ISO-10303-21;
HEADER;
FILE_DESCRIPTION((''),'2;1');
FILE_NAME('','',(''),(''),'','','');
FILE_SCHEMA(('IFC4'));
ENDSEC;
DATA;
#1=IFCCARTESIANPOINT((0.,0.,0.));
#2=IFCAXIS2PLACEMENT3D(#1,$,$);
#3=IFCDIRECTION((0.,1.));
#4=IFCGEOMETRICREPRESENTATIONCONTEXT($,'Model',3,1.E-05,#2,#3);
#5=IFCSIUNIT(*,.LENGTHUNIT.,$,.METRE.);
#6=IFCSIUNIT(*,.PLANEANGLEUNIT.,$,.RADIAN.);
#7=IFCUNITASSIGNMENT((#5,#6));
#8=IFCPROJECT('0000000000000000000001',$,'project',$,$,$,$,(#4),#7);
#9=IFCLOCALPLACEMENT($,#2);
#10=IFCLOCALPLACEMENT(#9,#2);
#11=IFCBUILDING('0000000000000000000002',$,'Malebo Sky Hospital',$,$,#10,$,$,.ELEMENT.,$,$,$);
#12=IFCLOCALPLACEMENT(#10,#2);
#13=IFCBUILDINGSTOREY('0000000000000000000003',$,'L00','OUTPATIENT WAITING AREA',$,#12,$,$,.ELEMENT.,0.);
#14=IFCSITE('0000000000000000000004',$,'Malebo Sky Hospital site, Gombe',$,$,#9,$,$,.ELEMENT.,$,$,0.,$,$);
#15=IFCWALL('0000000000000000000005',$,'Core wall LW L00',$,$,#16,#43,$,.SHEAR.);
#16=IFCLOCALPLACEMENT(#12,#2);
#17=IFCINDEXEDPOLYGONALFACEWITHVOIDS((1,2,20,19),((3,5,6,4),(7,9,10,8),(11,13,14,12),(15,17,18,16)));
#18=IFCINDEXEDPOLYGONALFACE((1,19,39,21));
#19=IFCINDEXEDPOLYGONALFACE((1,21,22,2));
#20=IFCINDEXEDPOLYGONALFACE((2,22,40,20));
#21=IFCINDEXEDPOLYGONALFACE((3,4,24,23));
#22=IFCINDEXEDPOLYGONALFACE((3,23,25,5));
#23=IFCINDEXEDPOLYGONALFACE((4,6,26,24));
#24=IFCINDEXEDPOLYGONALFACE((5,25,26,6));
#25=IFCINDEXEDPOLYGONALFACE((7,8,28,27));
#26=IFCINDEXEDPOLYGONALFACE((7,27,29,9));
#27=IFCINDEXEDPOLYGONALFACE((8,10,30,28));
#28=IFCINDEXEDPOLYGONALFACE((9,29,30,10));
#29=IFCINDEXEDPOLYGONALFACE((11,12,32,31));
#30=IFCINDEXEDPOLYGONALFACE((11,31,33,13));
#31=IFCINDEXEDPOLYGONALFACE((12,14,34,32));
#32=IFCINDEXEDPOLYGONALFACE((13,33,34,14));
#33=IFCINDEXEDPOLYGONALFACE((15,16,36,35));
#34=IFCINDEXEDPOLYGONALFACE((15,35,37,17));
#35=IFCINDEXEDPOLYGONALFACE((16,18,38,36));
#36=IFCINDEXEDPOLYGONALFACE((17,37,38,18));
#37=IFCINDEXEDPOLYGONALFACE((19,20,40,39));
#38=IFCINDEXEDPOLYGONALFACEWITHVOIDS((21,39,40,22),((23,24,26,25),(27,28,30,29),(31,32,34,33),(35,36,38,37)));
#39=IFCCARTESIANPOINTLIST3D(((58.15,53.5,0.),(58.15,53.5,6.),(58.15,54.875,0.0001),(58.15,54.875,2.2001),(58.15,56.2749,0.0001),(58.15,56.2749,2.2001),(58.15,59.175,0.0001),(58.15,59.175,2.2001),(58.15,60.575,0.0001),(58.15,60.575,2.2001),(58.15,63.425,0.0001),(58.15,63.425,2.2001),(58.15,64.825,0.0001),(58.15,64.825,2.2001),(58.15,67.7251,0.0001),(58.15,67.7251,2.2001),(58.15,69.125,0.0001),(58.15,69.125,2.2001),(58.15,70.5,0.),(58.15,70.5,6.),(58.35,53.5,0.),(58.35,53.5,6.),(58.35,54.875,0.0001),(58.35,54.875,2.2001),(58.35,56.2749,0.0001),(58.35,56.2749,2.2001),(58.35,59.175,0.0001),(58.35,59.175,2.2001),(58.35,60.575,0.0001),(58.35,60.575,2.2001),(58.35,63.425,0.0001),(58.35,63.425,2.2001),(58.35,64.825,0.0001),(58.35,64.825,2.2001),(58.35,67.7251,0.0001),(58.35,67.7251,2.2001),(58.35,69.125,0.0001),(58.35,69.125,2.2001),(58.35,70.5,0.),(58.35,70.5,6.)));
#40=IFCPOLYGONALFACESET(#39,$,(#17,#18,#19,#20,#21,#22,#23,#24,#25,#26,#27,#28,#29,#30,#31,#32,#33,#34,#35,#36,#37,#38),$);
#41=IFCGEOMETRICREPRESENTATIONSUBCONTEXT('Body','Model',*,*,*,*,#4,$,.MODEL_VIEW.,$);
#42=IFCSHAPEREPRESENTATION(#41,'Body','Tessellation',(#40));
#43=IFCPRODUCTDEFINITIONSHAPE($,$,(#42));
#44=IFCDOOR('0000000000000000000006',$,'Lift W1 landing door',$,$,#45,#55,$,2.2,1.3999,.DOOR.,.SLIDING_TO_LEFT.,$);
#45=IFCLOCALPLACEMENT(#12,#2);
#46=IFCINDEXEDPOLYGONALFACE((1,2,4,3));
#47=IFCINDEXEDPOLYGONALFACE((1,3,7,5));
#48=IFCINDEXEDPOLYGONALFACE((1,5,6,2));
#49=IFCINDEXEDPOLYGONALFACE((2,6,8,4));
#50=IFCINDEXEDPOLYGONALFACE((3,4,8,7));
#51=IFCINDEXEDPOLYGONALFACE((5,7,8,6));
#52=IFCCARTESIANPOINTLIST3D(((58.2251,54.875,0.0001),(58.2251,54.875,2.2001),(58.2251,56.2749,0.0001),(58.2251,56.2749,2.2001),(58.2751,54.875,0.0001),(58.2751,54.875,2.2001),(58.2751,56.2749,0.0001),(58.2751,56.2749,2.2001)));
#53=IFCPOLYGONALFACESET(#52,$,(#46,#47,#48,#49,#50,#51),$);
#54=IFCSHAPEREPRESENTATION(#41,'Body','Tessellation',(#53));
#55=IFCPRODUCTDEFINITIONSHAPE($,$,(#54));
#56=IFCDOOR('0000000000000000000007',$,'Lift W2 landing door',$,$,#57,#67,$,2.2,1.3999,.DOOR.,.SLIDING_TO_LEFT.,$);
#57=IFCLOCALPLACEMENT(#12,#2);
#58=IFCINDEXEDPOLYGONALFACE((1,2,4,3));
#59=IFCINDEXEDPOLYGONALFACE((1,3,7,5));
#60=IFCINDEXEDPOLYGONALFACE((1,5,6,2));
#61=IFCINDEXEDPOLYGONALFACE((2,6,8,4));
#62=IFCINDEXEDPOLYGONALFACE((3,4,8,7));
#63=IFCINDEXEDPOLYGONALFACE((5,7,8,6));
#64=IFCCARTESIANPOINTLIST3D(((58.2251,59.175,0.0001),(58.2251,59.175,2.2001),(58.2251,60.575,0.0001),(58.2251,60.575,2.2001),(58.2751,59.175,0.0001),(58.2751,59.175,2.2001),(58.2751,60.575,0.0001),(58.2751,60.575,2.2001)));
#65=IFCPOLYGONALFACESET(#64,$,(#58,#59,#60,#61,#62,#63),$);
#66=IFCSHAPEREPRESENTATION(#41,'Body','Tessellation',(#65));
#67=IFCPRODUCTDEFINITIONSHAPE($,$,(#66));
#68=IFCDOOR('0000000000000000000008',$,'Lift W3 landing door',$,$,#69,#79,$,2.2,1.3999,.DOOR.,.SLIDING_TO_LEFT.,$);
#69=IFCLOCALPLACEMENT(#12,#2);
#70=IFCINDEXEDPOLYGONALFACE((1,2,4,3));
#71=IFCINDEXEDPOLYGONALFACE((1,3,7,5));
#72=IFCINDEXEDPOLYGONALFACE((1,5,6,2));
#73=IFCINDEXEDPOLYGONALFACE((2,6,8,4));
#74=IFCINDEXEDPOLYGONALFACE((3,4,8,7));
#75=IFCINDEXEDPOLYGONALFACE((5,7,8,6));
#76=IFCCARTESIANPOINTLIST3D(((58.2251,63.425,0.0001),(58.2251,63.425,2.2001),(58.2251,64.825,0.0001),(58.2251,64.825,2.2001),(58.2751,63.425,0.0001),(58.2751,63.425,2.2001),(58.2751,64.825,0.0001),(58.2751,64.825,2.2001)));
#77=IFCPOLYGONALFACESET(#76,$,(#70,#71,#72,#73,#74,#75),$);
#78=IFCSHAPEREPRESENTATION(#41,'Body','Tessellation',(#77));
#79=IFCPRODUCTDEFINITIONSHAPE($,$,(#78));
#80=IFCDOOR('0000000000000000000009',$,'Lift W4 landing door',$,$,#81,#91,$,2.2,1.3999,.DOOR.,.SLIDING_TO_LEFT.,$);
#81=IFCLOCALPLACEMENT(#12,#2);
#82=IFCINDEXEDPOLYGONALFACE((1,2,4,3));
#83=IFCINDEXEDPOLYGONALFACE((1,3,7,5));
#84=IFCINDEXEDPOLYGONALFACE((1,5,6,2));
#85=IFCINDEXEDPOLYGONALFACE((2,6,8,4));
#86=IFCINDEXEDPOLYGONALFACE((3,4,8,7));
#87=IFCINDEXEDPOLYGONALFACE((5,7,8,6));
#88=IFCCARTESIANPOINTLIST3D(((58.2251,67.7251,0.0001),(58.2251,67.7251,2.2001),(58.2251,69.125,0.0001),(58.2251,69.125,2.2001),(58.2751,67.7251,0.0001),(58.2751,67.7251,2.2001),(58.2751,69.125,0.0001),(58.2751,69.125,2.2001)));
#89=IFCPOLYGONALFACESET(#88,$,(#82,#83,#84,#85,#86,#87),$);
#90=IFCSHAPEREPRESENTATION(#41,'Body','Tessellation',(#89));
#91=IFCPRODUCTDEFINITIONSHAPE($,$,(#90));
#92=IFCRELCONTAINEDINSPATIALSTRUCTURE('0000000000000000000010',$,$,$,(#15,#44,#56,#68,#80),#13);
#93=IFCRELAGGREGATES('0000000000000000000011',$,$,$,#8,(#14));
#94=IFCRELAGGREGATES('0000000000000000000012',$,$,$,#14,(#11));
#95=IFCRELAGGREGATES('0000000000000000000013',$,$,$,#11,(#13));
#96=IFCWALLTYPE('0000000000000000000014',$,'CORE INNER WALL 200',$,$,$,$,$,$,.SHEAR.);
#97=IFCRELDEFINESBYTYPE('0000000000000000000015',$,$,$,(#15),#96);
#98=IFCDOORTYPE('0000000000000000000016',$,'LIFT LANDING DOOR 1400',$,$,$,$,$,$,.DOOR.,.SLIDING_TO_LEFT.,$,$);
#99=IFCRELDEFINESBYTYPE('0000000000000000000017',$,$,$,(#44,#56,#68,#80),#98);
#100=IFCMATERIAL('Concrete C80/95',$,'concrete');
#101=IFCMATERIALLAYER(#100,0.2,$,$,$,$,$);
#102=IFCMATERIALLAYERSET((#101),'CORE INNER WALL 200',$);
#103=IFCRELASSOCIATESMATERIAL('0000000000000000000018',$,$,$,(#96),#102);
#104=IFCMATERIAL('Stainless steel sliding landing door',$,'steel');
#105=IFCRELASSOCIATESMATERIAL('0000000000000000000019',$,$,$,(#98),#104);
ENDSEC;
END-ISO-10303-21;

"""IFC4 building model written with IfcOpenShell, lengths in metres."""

from ifc_helpers import new_model, si_unit, direction, frame, frame_2d, origin, place, context, subcontext, project, spatial, rectangle, extrude, material, layer, layer_set, type_object, element, fill, save


model = new_model("IFC4")

# Units and contexts
model_context = context("Model", 3, precision=1e-05, world=origin(), true_north=direction((0.0, 1.0)))
body_context = subcontext(model_context, "Body", "Model", "MODEL_VIEW")
ifc_project = project(units=[si_unit("LENGTHUNIT", "METRE"), si_unit("PLANEANGLEUNIT", "RADIAN")], contexts=[model_context])

# Site, building, storey
site_placement = place(None, origin())
site = spatial("IfcSite", under=ifc_project, at=site_placement, Name="Malebo Sky Hospital site, Gombe", CompositionType="ELEMENT", RefElevation=0.0)
building_placement = place(site_placement, origin())
building = spatial("IfcBuilding", under=site, at=building_placement, Name="Malebo Sky Hospital", CompositionType="ELEMENT")
storey_placement = place(building_placement, origin())
storey = spatial("IfcBuildingStorey", under=building, at=storey_placement, Name="L00", Description="OUTPATIENT WAITING AREA", CompositionType="ELEMENT", Elevation=0.0)

# Wall, openings, doors
ifc_material_1 = material(Name="Concrete C80/95", Category="concrete")
ifc_layer_1 = layer(ifc_material_1, 0.2)
ifc_layer_set_1 = layer_set([ifc_layer_1], Name="CORE INNER WALL 200")
wall_type_1 = type_object("IfcWallType", Name="CORE INNER WALL 200", PredefinedType="SHEAR", material=ifc_layer_set_1)
wall_1_placement = place(storey_placement, frame((58.25, 53.5, 0.0), z_axis=(0.0, 0.0, 1.0), x_axis=(0.0, 1.0, 0.0)))
wall_1 = element("IfcWall", 1, at=wall_1_placement, inside=storey, type_object=wall_type_1, Name="Core wall LW L00", PredefinedType="SHEAR", context=body_context, shape_type="SweptSolid", body=[
    extrude(rectangle(XDim=17.0, YDim=0.2, at=frame_2d((8.5, 0.0))), origin(), (0.0, 0.0, 1.0), 6.0),
])
opening_1_placement = place(wall_1_placement, frame((1.375, 0.0, 0.0)))
opening_1 = element("IfcOpeningElement", 2, at=opening_1_placement, cuts=wall_1, PredefinedType="OPENING", context=body_context, shape_type="SweptSolid", body=[
    extrude(rectangle(XDim=1.3999, YDim=2.2, at=frame_2d((0.7, 1.1001))), frame((0.0, 0.1099, 0.0), z_axis=(0.0, -1.0, 0.0), x_axis=(1.0, 0.0, 0.0)), (0.0, 0.0, 1.0), 0.22),
])
opening_2_placement = place(wall_1_placement, frame((5.675, 0.0, 0.0)))
opening_2 = element("IfcOpeningElement", 3, at=opening_2_placement, cuts=wall_1, PredefinedType="OPENING", context=body_context, shape_type="SweptSolid", body=[
    extrude(rectangle(XDim=1.3999, YDim=2.2, at=frame_2d((0.7, 1.1001))), frame((0.0, 0.1099, 0.0), z_axis=(0.0, -1.0, 0.0), x_axis=(1.0, 0.0, 0.0)), (0.0, 0.0, 1.0), 0.22),
])
opening_3_placement = place(wall_1_placement, frame((9.925, 0.0, 0.0)))
opening_3 = element("IfcOpeningElement", 4, at=opening_3_placement, cuts=wall_1, PredefinedType="OPENING", context=body_context, shape_type="SweptSolid", body=[
    extrude(rectangle(XDim=1.3999, YDim=2.2, at=frame_2d((0.7, 1.1001))), frame((0.0, 0.1099, 0.0), z_axis=(0.0, -1.0, 0.0), x_axis=(1.0, 0.0, 0.0)), (0.0, 0.0, 1.0), 0.22),
])
opening_4_placement = place(wall_1_placement, frame((14.2251, 0.0, 0.0)))
opening_4 = element("IfcOpeningElement", 5, at=opening_4_placement, cuts=wall_1, PredefinedType="OPENING", context=body_context, shape_type="SweptSolid", body=[
    extrude(rectangle(XDim=1.3999, YDim=2.2, at=frame_2d((0.7, 1.1001))), frame((0.0, 0.1099, 0.0), z_axis=(0.0, -1.0, 0.0), x_axis=(1.0, 0.0, 0.0)), (0.0, 0.0, 1.0), 0.22),
])
ifc_material_2 = material(Name="Stainless steel sliding landing door", Category="steel")
door_type_1 = type_object("IfcDoorType", Name="LIFT LANDING DOOR 1400", OperationType="SLIDING_TO_LEFT", PredefinedType="DOOR", material=ifc_material_2)
door_1_placement = place(opening_1_placement, origin())
door_1 = element("IfcDoor", 6, at=door_1_placement, inside=storey, type_object=door_type_1, Name="Lift W1 landing door", OperationType="SLIDING_TO_LEFT", OverallHeight=2.2, OverallWidth=1.3999, PredefinedType="DOOR", context=body_context, shape_type="SweptSolid", body=[
    extrude(rectangle(XDim=1.3999, YDim=2.2, at=frame_2d((0.7, 1.1001))), frame((0.0, 0.0249, 0.0), z_axis=(0.0, -1.0, 0.0), x_axis=(1.0, 0.0, 0.0)), (0.0, 0.0, 1.0), 0.05),
])
fill(opening_1, door_1)
door_2_placement = place(opening_2_placement, origin())
door_2 = element("IfcDoor", 7, at=door_2_placement, inside=storey, type_object=door_type_1, Name="Lift W2 landing door", OperationType="SLIDING_TO_LEFT", OverallHeight=2.2, OverallWidth=1.3999, PredefinedType="DOOR", context=body_context, shape_type="SweptSolid", body=[
    extrude(rectangle(XDim=1.3999, YDim=2.2, at=frame_2d((0.7, 1.1001))), frame((0.0, 0.0249, 0.0), z_axis=(0.0, -1.0, 0.0), x_axis=(1.0, 0.0, 0.0)), (0.0, 0.0, 1.0), 0.05),
])
fill(opening_2, door_2)
door_3_placement = place(opening_3_placement, origin())
door_3 = element("IfcDoor", 8, at=door_3_placement, inside=storey, type_object=door_type_1, Name="Lift W3 landing door", OperationType="SLIDING_TO_LEFT", OverallHeight=2.2, OverallWidth=1.3999, PredefinedType="DOOR", context=body_context, shape_type="SweptSolid", body=[
    extrude(rectangle(XDim=1.3999, YDim=2.2, at=frame_2d((0.7, 1.1001))), frame((0.0, 0.0249, 0.0), z_axis=(0.0, -1.0, 0.0), x_axis=(1.0, 0.0, 0.0)), (0.0, 0.0, 1.0), 0.05),
])
fill(opening_3, door_3)
door_4_placement = place(opening_4_placement, origin())
door_4 = element("IfcDoor", 9, at=door_4_placement, inside=storey, type_object=door_type_1, Name="Lift W4 landing door", OperationType="SLIDING_TO_LEFT", OverallHeight=2.2, OverallWidth=1.3999, PredefinedType="DOOR", context=body_context, shape_type="SweptSolid", body=[
    extrude(rectangle(XDim=1.3999, YDim=2.2, at=frame_2d((0.7, 1.1001))), frame((0.0, 0.0249, 0.0), z_axis=(0.0, -1.0, 0.0), x_axis=(1.0, 0.0, 0.0)), (0.0, 0.0, 1.0), 0.05),
])
fill(opening_4, door_4)

save(model, "model.ifc")
